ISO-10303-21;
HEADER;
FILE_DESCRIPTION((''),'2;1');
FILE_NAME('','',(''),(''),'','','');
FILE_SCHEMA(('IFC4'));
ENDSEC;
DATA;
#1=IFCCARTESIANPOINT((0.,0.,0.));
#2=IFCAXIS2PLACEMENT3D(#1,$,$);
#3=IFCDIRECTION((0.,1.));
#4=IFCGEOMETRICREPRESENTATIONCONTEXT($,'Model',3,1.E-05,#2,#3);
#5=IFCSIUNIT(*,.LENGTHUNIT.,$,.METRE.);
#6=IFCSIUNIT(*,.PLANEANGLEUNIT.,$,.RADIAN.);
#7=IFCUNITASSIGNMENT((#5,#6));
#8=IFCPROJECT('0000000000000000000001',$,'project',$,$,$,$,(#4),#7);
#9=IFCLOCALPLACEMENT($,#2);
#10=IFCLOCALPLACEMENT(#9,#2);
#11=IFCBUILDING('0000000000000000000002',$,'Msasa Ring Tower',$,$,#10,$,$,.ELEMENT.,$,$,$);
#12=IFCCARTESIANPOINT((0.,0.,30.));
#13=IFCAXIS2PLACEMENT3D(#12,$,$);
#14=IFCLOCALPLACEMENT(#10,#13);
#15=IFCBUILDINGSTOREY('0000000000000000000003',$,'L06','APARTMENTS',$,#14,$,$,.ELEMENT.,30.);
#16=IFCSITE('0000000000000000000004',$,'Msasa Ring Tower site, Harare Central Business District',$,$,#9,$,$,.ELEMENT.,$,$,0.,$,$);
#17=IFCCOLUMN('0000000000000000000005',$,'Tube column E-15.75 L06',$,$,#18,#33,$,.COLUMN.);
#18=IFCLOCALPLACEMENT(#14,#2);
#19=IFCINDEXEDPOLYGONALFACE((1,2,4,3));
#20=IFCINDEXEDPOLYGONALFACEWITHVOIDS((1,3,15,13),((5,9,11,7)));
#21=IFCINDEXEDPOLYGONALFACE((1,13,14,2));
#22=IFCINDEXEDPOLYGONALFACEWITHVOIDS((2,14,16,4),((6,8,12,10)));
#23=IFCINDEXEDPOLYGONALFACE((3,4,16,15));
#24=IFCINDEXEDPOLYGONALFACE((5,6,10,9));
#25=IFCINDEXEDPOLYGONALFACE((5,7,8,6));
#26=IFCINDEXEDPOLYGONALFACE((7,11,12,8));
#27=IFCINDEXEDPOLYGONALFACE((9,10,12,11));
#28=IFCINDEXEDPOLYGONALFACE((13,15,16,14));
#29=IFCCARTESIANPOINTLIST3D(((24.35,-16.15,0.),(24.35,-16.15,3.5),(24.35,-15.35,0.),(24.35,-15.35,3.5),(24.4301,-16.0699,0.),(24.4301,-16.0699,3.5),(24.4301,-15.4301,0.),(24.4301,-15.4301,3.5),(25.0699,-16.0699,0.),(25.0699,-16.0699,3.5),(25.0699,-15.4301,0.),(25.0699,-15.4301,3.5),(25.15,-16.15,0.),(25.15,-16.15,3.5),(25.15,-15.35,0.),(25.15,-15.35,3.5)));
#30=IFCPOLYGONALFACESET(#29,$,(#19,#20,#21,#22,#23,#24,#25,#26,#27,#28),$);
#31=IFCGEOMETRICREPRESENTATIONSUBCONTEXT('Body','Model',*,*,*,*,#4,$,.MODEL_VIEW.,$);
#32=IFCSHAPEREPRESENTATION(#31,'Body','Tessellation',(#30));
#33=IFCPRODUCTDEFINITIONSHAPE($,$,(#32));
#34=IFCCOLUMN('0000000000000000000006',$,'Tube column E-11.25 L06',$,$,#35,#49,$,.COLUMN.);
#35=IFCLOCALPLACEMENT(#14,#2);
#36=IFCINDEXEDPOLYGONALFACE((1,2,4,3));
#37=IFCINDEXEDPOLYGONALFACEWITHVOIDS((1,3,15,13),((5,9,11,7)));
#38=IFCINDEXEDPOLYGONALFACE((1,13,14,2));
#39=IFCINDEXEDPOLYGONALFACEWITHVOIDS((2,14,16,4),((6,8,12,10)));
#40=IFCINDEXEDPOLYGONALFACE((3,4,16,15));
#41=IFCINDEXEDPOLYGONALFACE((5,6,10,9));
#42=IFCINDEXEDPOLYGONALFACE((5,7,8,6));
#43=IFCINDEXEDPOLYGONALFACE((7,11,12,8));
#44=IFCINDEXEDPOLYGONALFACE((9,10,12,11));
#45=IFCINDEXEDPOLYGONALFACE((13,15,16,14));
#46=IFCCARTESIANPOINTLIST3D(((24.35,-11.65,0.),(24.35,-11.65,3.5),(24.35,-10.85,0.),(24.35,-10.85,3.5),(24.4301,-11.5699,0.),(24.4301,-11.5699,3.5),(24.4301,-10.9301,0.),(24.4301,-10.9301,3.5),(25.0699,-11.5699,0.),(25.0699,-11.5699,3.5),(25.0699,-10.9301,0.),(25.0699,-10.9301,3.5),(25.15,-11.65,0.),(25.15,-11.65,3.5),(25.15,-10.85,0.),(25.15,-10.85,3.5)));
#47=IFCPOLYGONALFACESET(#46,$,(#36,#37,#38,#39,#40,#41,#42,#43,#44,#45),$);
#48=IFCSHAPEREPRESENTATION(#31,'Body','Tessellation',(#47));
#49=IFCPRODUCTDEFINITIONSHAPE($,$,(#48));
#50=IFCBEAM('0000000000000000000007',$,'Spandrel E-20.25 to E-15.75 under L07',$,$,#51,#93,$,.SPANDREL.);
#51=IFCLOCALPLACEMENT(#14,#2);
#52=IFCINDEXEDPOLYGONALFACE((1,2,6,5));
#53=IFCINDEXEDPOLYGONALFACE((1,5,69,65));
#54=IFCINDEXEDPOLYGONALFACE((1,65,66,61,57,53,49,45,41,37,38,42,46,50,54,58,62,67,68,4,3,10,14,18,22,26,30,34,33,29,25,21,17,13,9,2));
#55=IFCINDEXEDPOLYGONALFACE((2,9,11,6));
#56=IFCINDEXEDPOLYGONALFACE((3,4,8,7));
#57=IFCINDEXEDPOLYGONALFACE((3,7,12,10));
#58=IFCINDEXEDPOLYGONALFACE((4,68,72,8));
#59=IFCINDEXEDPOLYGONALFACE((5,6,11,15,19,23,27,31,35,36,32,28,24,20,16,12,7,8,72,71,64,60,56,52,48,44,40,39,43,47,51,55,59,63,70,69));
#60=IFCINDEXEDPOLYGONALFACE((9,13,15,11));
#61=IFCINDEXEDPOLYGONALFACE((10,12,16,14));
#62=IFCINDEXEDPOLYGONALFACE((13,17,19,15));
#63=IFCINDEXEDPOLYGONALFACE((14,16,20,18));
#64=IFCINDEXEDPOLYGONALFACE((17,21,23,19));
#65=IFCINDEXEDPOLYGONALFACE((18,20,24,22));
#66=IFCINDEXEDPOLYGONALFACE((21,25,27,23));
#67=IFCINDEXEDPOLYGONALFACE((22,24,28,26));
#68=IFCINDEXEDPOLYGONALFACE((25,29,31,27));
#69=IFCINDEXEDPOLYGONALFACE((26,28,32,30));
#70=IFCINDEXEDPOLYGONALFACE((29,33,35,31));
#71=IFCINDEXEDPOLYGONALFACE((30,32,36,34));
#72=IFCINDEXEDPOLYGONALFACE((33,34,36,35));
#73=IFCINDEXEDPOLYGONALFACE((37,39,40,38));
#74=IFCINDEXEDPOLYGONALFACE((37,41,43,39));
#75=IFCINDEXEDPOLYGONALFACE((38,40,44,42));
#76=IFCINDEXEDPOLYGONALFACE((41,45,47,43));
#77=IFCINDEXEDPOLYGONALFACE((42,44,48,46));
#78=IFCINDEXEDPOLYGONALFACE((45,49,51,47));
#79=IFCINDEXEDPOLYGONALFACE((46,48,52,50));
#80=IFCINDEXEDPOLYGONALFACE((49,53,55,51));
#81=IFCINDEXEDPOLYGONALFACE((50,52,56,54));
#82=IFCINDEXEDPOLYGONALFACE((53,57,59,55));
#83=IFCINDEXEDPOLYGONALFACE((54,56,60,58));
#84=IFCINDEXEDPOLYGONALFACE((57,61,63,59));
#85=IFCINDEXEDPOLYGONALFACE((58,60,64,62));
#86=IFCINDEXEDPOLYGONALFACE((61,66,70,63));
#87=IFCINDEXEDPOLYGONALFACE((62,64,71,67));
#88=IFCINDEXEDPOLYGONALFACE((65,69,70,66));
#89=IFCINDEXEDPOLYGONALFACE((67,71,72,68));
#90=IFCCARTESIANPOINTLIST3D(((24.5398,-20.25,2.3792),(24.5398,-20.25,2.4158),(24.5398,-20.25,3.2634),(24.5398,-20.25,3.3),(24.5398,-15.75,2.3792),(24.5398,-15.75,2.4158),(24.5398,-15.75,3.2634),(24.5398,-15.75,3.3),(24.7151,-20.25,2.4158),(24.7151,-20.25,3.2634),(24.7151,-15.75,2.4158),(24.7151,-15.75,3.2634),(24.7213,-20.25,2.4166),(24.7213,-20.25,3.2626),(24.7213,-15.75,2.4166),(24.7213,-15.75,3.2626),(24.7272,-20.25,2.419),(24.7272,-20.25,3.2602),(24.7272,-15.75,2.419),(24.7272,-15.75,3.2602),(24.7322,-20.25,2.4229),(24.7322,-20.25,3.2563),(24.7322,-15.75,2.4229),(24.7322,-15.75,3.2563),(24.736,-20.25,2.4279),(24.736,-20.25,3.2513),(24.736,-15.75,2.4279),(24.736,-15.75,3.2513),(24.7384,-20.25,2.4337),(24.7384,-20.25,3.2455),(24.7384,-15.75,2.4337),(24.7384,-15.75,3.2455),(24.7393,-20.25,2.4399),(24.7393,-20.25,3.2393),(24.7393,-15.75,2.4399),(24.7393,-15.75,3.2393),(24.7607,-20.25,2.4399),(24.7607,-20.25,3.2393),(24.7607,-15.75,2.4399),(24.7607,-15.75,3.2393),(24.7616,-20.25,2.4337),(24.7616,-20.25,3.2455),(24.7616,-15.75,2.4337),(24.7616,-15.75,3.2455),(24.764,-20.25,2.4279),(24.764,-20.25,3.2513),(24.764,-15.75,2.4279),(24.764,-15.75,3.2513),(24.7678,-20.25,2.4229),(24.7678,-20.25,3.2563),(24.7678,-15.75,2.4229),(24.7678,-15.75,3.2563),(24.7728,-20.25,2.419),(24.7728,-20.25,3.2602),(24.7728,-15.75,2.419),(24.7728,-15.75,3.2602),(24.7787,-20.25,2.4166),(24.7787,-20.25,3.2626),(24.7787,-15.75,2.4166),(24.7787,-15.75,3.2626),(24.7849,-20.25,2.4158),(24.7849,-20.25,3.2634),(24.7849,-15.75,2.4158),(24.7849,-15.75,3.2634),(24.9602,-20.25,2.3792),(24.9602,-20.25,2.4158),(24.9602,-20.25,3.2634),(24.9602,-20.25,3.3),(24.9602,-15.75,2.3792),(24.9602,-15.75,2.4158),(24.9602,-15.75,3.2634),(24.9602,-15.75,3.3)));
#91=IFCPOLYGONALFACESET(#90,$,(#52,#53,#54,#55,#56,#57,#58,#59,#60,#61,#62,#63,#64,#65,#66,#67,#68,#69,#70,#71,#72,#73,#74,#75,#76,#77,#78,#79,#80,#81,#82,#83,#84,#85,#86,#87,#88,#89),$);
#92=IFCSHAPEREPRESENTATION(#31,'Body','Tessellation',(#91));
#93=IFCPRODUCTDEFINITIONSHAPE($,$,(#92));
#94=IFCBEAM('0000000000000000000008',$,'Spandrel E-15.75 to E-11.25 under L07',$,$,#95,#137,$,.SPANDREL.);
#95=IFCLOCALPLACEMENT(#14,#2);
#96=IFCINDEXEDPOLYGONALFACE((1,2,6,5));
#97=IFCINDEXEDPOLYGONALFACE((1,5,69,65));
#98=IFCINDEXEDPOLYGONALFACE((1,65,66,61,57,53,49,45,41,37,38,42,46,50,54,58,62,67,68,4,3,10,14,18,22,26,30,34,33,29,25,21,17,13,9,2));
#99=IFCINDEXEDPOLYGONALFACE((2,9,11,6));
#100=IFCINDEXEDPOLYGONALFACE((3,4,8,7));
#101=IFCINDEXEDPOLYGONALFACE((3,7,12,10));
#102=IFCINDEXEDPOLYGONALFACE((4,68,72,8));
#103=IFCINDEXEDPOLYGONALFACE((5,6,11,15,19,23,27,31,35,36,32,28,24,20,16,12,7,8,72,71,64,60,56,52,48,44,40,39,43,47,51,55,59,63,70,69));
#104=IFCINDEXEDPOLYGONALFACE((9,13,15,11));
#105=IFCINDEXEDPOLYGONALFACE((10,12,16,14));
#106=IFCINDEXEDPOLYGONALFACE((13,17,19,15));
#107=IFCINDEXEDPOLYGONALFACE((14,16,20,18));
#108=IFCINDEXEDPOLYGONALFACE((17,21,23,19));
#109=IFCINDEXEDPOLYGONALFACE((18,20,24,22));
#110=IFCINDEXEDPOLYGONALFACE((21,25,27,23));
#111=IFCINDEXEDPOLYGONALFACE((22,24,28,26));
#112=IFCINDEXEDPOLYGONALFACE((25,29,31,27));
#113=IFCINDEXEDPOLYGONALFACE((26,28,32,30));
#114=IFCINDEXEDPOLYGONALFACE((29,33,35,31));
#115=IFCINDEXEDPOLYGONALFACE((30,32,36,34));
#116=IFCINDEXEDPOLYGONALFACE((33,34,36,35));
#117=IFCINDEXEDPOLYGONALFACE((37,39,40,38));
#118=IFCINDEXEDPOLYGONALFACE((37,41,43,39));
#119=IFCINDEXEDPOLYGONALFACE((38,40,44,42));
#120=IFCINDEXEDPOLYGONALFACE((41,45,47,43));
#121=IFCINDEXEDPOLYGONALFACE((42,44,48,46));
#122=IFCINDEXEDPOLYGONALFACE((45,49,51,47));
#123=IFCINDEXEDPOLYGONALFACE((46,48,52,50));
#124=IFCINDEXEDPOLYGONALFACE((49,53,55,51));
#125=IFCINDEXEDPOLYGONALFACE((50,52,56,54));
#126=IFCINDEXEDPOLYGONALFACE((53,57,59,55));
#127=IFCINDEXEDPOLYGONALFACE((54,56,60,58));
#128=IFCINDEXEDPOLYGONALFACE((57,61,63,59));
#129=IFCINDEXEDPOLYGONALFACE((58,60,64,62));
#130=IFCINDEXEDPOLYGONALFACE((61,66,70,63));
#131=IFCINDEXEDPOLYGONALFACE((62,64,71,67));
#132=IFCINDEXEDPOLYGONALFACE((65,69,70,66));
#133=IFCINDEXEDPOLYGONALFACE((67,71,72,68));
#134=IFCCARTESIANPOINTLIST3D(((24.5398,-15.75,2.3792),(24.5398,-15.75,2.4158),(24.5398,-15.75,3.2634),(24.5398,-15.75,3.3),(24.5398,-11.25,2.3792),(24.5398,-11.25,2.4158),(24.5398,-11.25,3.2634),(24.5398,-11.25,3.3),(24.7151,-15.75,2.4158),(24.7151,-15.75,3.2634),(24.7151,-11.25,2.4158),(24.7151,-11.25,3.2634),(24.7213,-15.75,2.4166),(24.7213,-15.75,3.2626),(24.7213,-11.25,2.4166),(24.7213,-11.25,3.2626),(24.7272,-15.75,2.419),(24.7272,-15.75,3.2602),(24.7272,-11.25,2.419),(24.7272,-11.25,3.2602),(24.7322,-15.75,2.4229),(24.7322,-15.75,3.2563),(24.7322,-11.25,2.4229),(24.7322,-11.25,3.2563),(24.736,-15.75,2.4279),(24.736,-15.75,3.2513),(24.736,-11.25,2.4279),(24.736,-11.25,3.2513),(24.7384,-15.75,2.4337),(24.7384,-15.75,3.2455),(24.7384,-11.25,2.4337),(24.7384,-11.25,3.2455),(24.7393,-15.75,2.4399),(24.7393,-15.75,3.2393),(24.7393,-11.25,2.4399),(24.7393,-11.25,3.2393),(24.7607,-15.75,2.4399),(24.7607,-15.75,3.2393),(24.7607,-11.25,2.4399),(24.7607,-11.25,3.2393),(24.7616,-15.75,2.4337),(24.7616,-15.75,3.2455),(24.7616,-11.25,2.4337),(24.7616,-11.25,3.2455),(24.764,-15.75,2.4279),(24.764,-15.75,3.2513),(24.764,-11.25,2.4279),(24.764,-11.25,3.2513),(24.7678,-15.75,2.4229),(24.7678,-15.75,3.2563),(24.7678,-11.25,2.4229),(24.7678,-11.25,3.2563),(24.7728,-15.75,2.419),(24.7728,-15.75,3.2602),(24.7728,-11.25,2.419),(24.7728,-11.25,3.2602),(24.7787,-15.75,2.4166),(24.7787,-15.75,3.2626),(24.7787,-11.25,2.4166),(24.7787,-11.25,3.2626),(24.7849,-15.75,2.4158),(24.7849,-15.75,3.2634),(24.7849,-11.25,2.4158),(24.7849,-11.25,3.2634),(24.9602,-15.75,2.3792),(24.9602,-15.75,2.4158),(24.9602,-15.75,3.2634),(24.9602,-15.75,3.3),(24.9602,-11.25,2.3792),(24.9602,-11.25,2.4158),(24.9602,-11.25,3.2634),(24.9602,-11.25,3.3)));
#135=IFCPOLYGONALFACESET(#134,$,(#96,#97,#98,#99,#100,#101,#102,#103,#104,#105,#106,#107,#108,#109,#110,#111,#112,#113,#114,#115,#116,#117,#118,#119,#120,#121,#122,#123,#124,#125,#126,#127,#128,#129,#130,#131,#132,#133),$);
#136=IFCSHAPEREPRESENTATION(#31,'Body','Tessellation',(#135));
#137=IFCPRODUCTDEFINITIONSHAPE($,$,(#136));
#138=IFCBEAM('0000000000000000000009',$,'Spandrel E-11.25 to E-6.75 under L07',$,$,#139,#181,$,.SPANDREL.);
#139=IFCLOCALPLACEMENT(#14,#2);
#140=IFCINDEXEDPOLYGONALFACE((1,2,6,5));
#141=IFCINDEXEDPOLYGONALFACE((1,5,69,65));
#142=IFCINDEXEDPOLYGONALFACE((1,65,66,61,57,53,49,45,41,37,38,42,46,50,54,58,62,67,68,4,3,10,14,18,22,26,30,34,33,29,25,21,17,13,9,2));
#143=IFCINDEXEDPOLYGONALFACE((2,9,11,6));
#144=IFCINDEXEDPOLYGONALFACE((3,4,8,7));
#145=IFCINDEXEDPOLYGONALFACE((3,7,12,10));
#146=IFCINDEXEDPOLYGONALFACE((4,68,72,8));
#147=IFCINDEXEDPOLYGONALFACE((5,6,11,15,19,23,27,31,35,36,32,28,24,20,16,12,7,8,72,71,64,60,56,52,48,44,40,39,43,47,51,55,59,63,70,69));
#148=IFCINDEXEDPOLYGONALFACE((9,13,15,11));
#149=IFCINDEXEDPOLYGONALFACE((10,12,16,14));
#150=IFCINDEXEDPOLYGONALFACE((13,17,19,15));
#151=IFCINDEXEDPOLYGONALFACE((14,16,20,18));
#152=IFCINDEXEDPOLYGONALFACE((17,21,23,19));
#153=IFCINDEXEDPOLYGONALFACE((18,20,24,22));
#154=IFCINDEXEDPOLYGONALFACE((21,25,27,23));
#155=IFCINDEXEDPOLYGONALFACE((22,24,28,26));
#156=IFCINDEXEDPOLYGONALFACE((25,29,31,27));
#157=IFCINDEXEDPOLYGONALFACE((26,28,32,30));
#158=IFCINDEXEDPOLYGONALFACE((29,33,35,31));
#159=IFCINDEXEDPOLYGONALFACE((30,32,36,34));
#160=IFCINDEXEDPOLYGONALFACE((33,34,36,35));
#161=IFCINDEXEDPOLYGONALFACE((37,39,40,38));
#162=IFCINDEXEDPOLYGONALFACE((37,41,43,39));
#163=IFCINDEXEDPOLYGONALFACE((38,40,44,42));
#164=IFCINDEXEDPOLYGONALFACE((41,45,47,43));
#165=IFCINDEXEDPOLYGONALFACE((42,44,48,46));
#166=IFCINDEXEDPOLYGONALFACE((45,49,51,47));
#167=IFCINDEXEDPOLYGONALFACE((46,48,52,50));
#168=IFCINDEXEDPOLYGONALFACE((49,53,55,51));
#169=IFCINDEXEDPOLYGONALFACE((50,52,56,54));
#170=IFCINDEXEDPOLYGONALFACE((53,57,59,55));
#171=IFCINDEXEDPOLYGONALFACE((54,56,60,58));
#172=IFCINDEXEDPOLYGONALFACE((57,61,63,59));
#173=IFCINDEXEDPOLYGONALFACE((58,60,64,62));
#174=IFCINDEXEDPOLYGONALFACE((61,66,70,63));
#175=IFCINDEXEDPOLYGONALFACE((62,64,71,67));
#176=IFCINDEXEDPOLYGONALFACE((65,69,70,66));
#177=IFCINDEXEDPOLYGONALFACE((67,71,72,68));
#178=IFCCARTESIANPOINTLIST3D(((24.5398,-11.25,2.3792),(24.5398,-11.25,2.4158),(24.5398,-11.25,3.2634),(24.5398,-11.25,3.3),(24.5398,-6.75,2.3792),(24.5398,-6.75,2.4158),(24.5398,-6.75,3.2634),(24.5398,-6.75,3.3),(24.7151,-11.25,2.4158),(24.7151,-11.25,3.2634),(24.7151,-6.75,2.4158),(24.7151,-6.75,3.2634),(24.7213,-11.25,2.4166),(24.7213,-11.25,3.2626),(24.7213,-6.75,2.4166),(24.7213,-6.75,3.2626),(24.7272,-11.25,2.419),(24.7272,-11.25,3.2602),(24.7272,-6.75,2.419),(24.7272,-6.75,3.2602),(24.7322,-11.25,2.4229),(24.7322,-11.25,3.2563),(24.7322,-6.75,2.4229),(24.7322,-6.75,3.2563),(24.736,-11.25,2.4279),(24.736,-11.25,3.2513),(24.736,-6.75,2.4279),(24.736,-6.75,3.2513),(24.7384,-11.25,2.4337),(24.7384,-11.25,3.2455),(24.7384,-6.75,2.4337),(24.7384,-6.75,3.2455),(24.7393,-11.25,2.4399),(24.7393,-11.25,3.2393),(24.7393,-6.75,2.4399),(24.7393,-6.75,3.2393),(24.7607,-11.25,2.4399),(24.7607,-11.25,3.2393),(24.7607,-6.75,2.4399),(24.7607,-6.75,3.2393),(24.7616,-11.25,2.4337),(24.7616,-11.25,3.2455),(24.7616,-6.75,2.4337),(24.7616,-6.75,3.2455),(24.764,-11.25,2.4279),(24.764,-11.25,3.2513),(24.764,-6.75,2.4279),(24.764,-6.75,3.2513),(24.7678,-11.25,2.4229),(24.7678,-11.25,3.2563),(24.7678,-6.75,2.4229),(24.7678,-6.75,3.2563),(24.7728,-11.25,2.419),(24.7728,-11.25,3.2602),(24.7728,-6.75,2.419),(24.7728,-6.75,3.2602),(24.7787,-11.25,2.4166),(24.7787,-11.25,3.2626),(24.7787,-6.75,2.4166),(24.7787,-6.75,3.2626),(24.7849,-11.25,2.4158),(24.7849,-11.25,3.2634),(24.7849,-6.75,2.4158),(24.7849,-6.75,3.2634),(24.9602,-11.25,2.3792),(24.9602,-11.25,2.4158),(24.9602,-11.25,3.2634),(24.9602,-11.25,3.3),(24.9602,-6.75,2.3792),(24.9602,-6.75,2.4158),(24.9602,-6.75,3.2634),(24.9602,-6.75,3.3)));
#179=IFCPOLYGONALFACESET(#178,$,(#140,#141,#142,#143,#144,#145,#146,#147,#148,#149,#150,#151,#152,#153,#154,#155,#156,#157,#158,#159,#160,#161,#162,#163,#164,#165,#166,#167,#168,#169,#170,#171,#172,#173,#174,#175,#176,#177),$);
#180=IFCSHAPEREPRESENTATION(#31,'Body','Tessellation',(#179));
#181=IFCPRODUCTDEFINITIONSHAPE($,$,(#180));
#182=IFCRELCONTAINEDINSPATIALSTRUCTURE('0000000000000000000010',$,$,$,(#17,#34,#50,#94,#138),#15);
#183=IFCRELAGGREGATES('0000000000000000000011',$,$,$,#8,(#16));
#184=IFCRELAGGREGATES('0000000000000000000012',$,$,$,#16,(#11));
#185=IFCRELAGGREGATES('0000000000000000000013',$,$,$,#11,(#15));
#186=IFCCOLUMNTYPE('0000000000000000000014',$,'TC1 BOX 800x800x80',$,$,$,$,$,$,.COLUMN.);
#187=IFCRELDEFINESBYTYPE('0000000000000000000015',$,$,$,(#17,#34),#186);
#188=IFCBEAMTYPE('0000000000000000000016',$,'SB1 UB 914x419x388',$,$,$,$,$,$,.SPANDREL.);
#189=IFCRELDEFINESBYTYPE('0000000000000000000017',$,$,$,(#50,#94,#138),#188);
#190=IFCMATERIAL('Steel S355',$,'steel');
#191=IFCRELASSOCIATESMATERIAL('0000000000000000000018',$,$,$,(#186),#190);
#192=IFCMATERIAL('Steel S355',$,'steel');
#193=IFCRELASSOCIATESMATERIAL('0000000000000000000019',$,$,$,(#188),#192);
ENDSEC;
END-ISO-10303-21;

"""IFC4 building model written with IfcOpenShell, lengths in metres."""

from ifc_helpers import new_model, si_unit, direction, frame, origin, origin_2d, place, context, subcontext, project, spatial, hollow_rectangle, i_section, extrude, material, material_profile, profile_set, type_object, element, save


model = new_model("IFC4")

# Units and contexts
model_context = context("Model", 3, precision=1e-05, world=origin(), true_north=direction((0.0, 1.0)))
body_context = subcontext(model_context, "Body", "Model", "MODEL_VIEW")
ifc_project = project(units=[si_unit("LENGTHUNIT", "METRE"), si_unit("PLANEANGLEUNIT", "RADIAN")], contexts=[model_context])

# Site, building, storey
site_placement = place(None, origin())
site = spatial("IfcSite", under=ifc_project, at=site_placement, Name="Msasa Ring Tower site, Harare Central Business District", CompositionType="ELEMENT", RefElevation=0.0)
building_placement = place(site_placement, origin())
building = spatial("IfcBuilding", under=site, at=building_placement, Name="Msasa Ring Tower", CompositionType="ELEMENT")
storey_placement = place(building_placement, frame((0.0, 0.0, 30.0)))
storey = spatial("IfcBuildingStorey", under=building, at=storey_placement, Name="L06", Description="APARTMENTS", CompositionType="ELEMENT", Elevation=30.0)

# Columns
ifc_material_1 = material(Name="Steel S355", Category="steel")
ifc_material_profile_1 = material_profile(ifc_material_1, hollow_rectangle(XDim=0.8, YDim=0.8, WallThickness=0.0801, at=origin_2d()), Name="BOX 800x800x80")
ifc_profile_set_1 = profile_set([ifc_material_profile_1], Name="Steel S355")
column_type = type_object("IfcColumnType", Name="TC1 BOX 800x800x80", PredefinedType="COLUMN", material=ifc_profile_set_1)
for number, where, z_axis, x_axis, name in (
    (1, (24.75, -15.75, 0.0), (0.0, 0.0, 1.0), (1.0, 0.0, 0.0), "Tube column E-15.75 L06"),
    (2, (24.75, -11.25, 0.0), (0.0, 0.0, 1.0), (1.0, 0.0, 0.0), "Tube column E-11.25 L06"),
):
    element("IfcColumn", number, at=place(storey_placement, frame(where, z_axis=z_axis, x_axis=x_axis)), inside=storey, type_object=column_type, Name=name, PredefinedType="COLUMN", context=body_context, shape_type="SweptSolid", body=[
        extrude(hollow_rectangle(XDim=0.8, YDim=0.8, WallThickness=0.0801, at=origin_2d()), origin(), (0.0, 0.0, 1.0), 3.5),
    ])

# Beams
ifc_material_2 = material(Name="Steel S355", Category="steel")
ifc_material_profile_2 = material_profile(ifc_material_2, i_section(OverallWidth=0.4204, OverallDepth=0.9209, WebThickness=0.0215, FlangeThickness=0.0366, FilletRadius=0.0242, at=origin_2d()), Name="UB 914x419x388")
ifc_profile_set_2 = profile_set([ifc_material_profile_2], Name="Steel S355")
beam_type = type_object("IfcBeamType", Name="SB1 UB 914x419x388", PredefinedType="SPANDREL", material=ifc_profile_set_2)
for number, where, z_axis, x_axis, name in (
    (3, (24.75, -20.25, 2.8396), (0.0, 1.0, 0.0), (-1.0, 0.0, 0.0), "Spandrel E-20.25 to E-15.75 under L07"),
    (4, (24.75, -15.75, 2.8396), (0.0, 1.0, 0.0), (-1.0, 0.0, 0.0), "Spandrel E-15.75 to E-11.25 under L07"),
    (5, (24.75, -11.25, 2.8396), (0.0, 1.0, 0.0), (-1.0, 0.0, 0.0), "Spandrel E-11.25 to E-6.75 under L07"),
):
    element("IfcBeam", number, at=place(storey_placement, frame(where, z_axis=z_axis, x_axis=x_axis)), inside=storey, type_object=beam_type, Name=name, PredefinedType="SPANDREL", context=body_context, shape_type="SweptSolid", body=[
        extrude(i_section(OverallWidth=0.4204, OverallDepth=0.9209, WebThickness=0.0215, FlangeThickness=0.0366, FilletRadius=0.0242, at=origin_2d()), origin(), (0.0, 0.0, 1.0), 4.5),
    ])

save(model, "model.ifc")
